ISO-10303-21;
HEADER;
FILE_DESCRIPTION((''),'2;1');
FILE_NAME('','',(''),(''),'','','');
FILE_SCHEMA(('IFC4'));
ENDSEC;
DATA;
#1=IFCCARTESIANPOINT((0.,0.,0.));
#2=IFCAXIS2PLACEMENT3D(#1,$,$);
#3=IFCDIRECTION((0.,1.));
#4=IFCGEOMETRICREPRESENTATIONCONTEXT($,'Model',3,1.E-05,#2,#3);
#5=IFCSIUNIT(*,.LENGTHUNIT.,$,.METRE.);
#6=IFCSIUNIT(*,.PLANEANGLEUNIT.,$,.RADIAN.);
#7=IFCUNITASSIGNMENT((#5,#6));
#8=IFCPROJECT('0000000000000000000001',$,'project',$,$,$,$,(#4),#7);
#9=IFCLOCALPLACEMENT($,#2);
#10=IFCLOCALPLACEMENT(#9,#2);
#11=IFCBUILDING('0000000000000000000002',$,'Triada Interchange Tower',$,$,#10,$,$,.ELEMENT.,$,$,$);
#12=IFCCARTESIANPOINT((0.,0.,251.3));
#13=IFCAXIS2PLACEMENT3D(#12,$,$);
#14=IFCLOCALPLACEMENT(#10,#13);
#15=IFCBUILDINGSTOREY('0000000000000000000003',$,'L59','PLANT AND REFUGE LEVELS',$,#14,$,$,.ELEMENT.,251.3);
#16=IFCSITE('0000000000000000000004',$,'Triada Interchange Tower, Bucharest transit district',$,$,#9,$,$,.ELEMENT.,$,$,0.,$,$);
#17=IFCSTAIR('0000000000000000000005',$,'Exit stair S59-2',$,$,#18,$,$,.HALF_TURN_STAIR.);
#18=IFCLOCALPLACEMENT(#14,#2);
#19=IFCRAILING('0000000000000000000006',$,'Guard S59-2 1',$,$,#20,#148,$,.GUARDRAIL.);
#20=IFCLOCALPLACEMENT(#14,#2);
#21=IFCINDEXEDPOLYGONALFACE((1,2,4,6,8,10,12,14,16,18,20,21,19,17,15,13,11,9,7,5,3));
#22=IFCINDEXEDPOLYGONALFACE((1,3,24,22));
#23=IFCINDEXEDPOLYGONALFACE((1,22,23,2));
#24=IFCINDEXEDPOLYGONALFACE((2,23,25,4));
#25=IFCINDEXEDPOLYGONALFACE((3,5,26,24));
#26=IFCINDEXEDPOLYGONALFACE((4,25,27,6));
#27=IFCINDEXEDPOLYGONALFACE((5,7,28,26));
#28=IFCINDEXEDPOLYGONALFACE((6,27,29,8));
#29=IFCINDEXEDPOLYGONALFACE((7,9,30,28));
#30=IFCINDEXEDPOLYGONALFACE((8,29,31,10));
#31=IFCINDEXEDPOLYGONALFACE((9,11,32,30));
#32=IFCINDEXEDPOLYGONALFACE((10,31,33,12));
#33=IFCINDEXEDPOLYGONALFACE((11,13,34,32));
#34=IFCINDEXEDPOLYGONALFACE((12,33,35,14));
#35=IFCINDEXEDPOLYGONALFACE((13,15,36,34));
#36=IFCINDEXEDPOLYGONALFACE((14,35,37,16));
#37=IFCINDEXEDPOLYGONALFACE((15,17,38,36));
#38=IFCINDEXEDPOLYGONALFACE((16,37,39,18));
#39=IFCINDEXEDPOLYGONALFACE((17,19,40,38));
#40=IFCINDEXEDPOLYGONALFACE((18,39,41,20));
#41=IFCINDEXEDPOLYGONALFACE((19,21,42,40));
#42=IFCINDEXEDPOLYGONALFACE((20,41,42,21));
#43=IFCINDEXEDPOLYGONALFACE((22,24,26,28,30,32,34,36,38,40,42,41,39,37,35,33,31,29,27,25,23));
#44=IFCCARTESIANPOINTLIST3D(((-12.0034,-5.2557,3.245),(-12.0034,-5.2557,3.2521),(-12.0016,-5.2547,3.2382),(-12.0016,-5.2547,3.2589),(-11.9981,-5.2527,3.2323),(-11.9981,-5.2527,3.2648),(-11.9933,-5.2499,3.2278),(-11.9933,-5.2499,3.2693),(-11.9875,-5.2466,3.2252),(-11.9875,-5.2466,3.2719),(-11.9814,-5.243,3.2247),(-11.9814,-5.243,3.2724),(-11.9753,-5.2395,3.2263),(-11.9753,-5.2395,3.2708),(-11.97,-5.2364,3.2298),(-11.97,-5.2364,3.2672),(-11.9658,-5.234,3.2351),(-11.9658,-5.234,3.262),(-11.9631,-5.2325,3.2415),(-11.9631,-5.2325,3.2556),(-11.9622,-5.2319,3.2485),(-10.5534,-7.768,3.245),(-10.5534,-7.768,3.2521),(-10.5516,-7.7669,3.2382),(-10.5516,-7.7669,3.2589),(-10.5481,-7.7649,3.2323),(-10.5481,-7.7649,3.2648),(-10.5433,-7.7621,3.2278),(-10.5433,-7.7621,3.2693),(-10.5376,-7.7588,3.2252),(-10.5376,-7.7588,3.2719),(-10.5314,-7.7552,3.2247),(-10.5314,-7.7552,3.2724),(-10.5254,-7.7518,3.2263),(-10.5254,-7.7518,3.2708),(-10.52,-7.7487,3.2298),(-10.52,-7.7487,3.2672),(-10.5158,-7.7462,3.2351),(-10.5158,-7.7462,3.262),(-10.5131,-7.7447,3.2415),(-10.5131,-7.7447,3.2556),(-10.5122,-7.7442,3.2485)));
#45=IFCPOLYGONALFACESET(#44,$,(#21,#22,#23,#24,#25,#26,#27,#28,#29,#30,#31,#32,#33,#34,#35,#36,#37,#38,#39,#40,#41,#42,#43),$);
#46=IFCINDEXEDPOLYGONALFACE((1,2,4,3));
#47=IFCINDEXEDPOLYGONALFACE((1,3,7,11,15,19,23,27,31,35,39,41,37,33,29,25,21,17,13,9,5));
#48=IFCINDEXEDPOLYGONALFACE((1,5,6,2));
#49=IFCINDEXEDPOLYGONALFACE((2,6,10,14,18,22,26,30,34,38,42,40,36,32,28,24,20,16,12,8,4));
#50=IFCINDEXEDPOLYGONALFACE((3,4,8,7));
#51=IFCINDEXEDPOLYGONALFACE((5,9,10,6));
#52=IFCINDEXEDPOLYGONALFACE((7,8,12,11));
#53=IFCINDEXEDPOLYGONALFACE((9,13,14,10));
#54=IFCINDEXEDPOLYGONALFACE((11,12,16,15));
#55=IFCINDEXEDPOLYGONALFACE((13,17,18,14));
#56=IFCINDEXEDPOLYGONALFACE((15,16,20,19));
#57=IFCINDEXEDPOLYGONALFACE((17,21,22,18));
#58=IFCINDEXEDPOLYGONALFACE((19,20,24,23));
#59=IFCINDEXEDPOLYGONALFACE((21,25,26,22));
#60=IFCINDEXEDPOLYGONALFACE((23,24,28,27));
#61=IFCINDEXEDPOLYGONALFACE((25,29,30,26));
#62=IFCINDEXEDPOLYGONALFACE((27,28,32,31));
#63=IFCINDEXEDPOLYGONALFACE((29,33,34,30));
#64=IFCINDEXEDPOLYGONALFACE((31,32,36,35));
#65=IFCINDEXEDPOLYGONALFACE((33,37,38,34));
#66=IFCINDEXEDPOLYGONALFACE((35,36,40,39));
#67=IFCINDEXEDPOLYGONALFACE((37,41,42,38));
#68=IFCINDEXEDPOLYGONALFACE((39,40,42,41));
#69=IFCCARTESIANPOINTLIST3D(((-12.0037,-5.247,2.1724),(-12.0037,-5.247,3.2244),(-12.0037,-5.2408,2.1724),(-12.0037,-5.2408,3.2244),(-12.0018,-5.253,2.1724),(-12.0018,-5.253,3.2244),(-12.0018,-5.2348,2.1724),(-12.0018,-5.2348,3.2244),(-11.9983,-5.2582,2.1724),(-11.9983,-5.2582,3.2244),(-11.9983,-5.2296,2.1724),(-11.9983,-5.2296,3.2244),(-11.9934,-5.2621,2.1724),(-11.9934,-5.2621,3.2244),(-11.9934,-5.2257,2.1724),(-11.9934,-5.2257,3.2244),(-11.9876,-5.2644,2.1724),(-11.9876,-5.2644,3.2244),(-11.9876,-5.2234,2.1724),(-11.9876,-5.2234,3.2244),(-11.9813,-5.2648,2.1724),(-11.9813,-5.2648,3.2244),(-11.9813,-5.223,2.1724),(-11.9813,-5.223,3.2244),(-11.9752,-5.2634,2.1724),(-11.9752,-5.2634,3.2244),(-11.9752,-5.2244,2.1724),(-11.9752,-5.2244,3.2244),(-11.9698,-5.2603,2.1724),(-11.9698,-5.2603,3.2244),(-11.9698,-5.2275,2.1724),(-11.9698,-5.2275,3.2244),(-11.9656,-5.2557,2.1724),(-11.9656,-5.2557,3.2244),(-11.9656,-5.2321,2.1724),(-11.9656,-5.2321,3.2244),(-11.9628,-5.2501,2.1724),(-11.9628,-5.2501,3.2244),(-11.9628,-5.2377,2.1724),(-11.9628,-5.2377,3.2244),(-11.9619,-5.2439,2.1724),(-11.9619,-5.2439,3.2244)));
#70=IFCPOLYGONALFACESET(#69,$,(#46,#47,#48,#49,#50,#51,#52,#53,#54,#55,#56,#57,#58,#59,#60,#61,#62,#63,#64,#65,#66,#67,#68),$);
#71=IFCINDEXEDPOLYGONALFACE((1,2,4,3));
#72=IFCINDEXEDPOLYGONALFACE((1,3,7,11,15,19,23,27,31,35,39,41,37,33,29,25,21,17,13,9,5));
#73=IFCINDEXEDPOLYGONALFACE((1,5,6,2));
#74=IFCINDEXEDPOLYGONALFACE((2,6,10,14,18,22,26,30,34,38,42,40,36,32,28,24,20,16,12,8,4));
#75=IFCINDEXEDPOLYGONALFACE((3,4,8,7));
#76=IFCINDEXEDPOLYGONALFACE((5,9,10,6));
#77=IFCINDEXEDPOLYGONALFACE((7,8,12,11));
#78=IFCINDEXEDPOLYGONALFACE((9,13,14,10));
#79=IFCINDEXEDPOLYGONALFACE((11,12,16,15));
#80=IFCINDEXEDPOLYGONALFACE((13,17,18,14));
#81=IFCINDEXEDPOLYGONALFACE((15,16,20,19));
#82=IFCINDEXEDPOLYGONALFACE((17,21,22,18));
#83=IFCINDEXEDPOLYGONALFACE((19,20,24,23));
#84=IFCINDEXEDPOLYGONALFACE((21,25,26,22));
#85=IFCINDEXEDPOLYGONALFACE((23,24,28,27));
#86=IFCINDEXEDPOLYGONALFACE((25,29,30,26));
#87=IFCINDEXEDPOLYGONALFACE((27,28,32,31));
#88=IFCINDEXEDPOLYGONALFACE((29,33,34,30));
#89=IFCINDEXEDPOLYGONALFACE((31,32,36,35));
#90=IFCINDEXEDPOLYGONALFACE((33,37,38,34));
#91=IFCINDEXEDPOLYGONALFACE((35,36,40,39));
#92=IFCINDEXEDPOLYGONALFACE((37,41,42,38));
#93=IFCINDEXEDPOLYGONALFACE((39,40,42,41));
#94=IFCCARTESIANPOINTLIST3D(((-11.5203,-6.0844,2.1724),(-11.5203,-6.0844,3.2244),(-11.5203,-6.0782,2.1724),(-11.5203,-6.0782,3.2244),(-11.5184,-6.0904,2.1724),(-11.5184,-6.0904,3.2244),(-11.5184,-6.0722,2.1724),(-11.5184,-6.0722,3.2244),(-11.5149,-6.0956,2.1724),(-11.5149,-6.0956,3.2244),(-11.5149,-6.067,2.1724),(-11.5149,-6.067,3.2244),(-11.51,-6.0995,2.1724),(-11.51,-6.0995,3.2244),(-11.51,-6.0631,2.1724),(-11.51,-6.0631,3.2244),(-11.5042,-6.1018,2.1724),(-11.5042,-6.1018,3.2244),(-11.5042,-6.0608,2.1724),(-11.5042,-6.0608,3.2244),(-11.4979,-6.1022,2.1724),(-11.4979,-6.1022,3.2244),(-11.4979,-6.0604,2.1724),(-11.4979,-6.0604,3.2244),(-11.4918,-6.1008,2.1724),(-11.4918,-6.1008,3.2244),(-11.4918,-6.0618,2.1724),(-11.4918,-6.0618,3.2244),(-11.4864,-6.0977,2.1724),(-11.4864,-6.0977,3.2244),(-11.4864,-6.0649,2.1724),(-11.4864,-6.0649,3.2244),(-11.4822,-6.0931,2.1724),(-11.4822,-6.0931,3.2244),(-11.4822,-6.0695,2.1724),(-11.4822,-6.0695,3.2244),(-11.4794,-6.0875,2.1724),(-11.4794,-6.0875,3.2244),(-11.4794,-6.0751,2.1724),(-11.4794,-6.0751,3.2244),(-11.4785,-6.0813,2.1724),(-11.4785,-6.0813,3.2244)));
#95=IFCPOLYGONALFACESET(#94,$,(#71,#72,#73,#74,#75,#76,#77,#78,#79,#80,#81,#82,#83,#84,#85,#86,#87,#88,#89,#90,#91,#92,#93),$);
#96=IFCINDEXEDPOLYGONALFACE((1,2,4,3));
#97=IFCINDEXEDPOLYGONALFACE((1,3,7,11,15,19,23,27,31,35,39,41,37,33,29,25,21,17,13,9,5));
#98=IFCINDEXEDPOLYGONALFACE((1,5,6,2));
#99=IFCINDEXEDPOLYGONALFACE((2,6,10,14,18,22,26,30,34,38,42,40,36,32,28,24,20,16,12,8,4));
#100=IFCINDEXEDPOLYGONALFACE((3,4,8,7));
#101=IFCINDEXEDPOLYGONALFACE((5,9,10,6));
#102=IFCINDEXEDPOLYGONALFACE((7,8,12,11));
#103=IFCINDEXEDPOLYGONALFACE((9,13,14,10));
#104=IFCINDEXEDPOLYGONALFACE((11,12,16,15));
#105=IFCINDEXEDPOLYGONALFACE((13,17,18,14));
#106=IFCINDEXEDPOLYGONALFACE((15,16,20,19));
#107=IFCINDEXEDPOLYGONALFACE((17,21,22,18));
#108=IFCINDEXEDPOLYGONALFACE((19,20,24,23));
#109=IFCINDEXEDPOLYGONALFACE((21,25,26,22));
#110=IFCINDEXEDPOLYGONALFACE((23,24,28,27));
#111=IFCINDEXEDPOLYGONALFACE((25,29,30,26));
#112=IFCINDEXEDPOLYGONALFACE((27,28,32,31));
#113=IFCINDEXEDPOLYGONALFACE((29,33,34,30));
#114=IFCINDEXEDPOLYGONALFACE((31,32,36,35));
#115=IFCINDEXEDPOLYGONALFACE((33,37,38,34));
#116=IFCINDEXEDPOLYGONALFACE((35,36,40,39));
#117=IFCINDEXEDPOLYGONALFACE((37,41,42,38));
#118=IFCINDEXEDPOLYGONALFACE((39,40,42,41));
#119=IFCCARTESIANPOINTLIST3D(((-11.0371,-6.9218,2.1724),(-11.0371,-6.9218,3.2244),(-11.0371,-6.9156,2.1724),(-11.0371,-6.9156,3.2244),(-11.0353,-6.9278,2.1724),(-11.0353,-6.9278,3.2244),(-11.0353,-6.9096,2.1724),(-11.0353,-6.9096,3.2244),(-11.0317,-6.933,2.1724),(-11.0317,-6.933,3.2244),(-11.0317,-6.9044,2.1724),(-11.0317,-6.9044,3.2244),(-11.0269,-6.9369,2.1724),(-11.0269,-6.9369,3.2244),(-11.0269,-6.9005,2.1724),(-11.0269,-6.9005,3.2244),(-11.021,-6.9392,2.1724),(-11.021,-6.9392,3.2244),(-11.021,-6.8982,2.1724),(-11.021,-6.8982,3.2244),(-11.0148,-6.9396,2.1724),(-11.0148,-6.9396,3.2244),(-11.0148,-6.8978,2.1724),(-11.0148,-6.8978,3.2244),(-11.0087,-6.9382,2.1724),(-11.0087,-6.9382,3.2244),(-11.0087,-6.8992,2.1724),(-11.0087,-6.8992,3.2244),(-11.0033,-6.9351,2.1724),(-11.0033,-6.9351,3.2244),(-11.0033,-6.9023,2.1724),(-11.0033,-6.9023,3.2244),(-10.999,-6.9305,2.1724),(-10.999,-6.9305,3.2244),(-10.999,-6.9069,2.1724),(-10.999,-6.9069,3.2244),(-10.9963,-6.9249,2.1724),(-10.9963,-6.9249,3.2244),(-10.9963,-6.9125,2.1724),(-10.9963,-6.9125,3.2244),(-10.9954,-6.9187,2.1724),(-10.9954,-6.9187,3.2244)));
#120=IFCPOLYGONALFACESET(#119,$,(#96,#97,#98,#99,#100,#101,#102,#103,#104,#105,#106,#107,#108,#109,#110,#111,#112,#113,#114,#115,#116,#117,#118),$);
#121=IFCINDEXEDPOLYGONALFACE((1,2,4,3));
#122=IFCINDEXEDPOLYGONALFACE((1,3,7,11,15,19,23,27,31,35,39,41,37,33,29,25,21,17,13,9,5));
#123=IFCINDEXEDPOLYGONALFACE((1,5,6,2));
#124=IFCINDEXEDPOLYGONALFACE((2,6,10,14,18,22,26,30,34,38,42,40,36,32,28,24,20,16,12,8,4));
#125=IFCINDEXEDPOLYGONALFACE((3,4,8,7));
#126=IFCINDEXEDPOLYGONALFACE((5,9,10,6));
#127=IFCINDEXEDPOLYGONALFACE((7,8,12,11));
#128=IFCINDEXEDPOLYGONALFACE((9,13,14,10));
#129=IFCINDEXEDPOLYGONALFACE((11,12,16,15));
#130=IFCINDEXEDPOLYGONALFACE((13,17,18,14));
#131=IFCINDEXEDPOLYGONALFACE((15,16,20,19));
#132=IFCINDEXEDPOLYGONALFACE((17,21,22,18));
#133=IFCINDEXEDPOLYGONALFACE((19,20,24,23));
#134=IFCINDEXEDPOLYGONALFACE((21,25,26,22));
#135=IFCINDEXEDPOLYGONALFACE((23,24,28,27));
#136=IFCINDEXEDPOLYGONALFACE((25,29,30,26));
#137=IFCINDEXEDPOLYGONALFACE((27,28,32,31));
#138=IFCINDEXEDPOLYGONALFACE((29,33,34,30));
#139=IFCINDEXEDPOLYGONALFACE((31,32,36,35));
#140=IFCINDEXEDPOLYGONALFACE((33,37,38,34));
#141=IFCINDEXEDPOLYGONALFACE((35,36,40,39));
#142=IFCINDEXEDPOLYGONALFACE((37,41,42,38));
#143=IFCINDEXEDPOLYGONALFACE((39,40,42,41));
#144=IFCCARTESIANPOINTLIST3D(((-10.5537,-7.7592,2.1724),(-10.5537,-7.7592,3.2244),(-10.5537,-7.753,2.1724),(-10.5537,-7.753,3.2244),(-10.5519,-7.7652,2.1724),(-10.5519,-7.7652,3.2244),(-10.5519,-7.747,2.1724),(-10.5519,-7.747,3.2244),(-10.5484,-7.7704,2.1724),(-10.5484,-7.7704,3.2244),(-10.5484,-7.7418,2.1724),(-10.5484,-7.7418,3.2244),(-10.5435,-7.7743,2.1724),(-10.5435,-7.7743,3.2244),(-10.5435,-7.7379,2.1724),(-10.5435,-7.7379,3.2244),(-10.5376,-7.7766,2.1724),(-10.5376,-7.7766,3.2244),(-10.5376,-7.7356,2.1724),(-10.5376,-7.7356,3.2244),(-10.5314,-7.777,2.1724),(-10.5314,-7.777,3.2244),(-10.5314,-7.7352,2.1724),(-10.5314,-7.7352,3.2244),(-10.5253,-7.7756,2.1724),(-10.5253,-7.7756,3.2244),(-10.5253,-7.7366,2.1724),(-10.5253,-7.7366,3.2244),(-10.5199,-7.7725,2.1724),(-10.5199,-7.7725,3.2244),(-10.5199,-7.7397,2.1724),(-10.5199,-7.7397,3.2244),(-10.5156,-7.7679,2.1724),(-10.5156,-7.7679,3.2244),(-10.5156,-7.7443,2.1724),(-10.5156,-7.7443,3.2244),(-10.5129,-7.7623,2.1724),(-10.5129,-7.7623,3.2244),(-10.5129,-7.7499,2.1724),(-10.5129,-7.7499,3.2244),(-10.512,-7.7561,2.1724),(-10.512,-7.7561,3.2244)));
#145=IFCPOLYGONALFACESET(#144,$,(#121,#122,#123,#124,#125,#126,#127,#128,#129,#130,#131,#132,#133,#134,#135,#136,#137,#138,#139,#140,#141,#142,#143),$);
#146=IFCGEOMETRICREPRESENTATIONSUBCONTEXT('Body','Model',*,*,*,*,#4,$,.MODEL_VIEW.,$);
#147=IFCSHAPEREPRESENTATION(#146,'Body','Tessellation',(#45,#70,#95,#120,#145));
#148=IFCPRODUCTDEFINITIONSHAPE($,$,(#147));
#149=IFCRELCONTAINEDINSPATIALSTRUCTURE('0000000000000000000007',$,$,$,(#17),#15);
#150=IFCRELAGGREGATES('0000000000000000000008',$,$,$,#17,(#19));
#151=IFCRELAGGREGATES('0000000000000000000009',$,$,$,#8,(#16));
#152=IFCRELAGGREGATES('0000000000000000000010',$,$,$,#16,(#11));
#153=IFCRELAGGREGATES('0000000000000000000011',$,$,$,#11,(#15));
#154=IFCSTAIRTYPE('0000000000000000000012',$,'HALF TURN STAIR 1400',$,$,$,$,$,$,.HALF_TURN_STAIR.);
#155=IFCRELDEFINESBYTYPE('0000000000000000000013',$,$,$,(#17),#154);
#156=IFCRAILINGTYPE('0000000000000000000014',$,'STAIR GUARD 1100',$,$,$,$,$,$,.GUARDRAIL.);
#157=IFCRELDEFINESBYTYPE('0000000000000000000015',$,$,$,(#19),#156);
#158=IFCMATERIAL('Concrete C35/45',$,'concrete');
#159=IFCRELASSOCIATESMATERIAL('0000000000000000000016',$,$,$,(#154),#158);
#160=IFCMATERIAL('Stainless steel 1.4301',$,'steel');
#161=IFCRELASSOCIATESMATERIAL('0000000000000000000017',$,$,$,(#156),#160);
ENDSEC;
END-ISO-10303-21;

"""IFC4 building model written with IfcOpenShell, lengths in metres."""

from ifc_helpers import new_model, si_unit, direction, frame, origin, origin_2d, place, context, subcontext, project, spatial, circle, extrude, material, type_object, element, aggregate, save


model = new_model("IFC4")

# Units and contexts
model_context = context("Model", 3, precision=1e-05, world=origin(), true_north=direction((0.0, 1.0)))
body_context = subcontext(model_context, "Body", "Model", "MODEL_VIEW")
ifc_project = project(units=[si_unit("LENGTHUNIT", "METRE"), si_unit("PLANEANGLEUNIT", "RADIAN")], contexts=[model_context])

# Site, building, storey
site_placement = place(None, origin())
site = spatial("IfcSite", under=ifc_project, at=site_placement, Name="Triada Interchange Tower, Bucharest transit district", CompositionType="ELEMENT", RefElevation=0.0)
building_placement = place(site_placement, origin())
building = spatial("IfcBuilding", under=site, at=building_placement, Name="Triada Interchange Tower", CompositionType="ELEMENT")
storey_placement = place(building_placement, frame((0.0, 0.0, 251.3)))
storey = spatial("IfcBuildingStorey", under=building, at=storey_placement, Name="L59", Description="PLANT AND REFUGE LEVELS", CompositionType="ELEMENT", Elevation=251.3)

# Shared definitions
ifc_material_1 = material(Name="Concrete C35/45", Category="concrete")

# Stair, railing
stair_type = type_object("IfcStairType", Name="HALF TURN STAIR 1400", PredefinedType="HALF_TURN_STAIR", material=ifc_material_1)
stair_placement = place(storey_placement, origin())
stair = element("IfcStair", 1, at=stair_placement, inside=storey, type_object=stair_type, Name="Exit stair S59-2", PredefinedType="HALF_TURN_STAIR")
ifc_material_2 = material(Name="Stainless steel 1.4301", Category="steel")
railing_type_1 = type_object("IfcRailingType", Name="STAIR GUARD 1100", PredefinedType="GUARDRAIL", material=ifc_material_2)
railing_1_placement = place(storey_placement, frame((-11.9829, -5.2439, 2.1724)))
railing_1 = element("IfcRailing", 2, at=railing_1_placement, type_object=railing_type_1, Name="Guard S59-2 1", PredefinedType="GUARDRAIL", context=body_context, shape_type="SweptSolid", body=[
    extrude(circle(Radius=0.0239, at=origin_2d()), frame((0.0, 0.0, 1.0762), z_axis=(0.499878, -0.866096, 0.0), x_axis=(0.866096, 0.499878, 0.0)), (0.0, 0.0, 1.0), 2.9006),
    extrude(circle(Radius=0.021, at=origin_2d()), origin(), (0.0, 0.0, 1.0), 1.052),
    extrude(circle(Radius=0.021, at=origin_2d()), frame((0.4834, -0.8374, 0.0)), (0.0, 0.0, 1.0), 1.052),
    extrude(circle(Radius=0.021, at=origin_2d()), frame((0.9666, -1.6748, 0.0)), (0.0, 0.0, 1.0), 1.052),
    extrude(circle(Radius=0.021, at=origin_2d()), frame((1.45, -2.5122, 0.0)), (0.0, 0.0, 1.0), 1.052),
])
aggregate(stair, [railing_1])

save(model, "model.ifc")
